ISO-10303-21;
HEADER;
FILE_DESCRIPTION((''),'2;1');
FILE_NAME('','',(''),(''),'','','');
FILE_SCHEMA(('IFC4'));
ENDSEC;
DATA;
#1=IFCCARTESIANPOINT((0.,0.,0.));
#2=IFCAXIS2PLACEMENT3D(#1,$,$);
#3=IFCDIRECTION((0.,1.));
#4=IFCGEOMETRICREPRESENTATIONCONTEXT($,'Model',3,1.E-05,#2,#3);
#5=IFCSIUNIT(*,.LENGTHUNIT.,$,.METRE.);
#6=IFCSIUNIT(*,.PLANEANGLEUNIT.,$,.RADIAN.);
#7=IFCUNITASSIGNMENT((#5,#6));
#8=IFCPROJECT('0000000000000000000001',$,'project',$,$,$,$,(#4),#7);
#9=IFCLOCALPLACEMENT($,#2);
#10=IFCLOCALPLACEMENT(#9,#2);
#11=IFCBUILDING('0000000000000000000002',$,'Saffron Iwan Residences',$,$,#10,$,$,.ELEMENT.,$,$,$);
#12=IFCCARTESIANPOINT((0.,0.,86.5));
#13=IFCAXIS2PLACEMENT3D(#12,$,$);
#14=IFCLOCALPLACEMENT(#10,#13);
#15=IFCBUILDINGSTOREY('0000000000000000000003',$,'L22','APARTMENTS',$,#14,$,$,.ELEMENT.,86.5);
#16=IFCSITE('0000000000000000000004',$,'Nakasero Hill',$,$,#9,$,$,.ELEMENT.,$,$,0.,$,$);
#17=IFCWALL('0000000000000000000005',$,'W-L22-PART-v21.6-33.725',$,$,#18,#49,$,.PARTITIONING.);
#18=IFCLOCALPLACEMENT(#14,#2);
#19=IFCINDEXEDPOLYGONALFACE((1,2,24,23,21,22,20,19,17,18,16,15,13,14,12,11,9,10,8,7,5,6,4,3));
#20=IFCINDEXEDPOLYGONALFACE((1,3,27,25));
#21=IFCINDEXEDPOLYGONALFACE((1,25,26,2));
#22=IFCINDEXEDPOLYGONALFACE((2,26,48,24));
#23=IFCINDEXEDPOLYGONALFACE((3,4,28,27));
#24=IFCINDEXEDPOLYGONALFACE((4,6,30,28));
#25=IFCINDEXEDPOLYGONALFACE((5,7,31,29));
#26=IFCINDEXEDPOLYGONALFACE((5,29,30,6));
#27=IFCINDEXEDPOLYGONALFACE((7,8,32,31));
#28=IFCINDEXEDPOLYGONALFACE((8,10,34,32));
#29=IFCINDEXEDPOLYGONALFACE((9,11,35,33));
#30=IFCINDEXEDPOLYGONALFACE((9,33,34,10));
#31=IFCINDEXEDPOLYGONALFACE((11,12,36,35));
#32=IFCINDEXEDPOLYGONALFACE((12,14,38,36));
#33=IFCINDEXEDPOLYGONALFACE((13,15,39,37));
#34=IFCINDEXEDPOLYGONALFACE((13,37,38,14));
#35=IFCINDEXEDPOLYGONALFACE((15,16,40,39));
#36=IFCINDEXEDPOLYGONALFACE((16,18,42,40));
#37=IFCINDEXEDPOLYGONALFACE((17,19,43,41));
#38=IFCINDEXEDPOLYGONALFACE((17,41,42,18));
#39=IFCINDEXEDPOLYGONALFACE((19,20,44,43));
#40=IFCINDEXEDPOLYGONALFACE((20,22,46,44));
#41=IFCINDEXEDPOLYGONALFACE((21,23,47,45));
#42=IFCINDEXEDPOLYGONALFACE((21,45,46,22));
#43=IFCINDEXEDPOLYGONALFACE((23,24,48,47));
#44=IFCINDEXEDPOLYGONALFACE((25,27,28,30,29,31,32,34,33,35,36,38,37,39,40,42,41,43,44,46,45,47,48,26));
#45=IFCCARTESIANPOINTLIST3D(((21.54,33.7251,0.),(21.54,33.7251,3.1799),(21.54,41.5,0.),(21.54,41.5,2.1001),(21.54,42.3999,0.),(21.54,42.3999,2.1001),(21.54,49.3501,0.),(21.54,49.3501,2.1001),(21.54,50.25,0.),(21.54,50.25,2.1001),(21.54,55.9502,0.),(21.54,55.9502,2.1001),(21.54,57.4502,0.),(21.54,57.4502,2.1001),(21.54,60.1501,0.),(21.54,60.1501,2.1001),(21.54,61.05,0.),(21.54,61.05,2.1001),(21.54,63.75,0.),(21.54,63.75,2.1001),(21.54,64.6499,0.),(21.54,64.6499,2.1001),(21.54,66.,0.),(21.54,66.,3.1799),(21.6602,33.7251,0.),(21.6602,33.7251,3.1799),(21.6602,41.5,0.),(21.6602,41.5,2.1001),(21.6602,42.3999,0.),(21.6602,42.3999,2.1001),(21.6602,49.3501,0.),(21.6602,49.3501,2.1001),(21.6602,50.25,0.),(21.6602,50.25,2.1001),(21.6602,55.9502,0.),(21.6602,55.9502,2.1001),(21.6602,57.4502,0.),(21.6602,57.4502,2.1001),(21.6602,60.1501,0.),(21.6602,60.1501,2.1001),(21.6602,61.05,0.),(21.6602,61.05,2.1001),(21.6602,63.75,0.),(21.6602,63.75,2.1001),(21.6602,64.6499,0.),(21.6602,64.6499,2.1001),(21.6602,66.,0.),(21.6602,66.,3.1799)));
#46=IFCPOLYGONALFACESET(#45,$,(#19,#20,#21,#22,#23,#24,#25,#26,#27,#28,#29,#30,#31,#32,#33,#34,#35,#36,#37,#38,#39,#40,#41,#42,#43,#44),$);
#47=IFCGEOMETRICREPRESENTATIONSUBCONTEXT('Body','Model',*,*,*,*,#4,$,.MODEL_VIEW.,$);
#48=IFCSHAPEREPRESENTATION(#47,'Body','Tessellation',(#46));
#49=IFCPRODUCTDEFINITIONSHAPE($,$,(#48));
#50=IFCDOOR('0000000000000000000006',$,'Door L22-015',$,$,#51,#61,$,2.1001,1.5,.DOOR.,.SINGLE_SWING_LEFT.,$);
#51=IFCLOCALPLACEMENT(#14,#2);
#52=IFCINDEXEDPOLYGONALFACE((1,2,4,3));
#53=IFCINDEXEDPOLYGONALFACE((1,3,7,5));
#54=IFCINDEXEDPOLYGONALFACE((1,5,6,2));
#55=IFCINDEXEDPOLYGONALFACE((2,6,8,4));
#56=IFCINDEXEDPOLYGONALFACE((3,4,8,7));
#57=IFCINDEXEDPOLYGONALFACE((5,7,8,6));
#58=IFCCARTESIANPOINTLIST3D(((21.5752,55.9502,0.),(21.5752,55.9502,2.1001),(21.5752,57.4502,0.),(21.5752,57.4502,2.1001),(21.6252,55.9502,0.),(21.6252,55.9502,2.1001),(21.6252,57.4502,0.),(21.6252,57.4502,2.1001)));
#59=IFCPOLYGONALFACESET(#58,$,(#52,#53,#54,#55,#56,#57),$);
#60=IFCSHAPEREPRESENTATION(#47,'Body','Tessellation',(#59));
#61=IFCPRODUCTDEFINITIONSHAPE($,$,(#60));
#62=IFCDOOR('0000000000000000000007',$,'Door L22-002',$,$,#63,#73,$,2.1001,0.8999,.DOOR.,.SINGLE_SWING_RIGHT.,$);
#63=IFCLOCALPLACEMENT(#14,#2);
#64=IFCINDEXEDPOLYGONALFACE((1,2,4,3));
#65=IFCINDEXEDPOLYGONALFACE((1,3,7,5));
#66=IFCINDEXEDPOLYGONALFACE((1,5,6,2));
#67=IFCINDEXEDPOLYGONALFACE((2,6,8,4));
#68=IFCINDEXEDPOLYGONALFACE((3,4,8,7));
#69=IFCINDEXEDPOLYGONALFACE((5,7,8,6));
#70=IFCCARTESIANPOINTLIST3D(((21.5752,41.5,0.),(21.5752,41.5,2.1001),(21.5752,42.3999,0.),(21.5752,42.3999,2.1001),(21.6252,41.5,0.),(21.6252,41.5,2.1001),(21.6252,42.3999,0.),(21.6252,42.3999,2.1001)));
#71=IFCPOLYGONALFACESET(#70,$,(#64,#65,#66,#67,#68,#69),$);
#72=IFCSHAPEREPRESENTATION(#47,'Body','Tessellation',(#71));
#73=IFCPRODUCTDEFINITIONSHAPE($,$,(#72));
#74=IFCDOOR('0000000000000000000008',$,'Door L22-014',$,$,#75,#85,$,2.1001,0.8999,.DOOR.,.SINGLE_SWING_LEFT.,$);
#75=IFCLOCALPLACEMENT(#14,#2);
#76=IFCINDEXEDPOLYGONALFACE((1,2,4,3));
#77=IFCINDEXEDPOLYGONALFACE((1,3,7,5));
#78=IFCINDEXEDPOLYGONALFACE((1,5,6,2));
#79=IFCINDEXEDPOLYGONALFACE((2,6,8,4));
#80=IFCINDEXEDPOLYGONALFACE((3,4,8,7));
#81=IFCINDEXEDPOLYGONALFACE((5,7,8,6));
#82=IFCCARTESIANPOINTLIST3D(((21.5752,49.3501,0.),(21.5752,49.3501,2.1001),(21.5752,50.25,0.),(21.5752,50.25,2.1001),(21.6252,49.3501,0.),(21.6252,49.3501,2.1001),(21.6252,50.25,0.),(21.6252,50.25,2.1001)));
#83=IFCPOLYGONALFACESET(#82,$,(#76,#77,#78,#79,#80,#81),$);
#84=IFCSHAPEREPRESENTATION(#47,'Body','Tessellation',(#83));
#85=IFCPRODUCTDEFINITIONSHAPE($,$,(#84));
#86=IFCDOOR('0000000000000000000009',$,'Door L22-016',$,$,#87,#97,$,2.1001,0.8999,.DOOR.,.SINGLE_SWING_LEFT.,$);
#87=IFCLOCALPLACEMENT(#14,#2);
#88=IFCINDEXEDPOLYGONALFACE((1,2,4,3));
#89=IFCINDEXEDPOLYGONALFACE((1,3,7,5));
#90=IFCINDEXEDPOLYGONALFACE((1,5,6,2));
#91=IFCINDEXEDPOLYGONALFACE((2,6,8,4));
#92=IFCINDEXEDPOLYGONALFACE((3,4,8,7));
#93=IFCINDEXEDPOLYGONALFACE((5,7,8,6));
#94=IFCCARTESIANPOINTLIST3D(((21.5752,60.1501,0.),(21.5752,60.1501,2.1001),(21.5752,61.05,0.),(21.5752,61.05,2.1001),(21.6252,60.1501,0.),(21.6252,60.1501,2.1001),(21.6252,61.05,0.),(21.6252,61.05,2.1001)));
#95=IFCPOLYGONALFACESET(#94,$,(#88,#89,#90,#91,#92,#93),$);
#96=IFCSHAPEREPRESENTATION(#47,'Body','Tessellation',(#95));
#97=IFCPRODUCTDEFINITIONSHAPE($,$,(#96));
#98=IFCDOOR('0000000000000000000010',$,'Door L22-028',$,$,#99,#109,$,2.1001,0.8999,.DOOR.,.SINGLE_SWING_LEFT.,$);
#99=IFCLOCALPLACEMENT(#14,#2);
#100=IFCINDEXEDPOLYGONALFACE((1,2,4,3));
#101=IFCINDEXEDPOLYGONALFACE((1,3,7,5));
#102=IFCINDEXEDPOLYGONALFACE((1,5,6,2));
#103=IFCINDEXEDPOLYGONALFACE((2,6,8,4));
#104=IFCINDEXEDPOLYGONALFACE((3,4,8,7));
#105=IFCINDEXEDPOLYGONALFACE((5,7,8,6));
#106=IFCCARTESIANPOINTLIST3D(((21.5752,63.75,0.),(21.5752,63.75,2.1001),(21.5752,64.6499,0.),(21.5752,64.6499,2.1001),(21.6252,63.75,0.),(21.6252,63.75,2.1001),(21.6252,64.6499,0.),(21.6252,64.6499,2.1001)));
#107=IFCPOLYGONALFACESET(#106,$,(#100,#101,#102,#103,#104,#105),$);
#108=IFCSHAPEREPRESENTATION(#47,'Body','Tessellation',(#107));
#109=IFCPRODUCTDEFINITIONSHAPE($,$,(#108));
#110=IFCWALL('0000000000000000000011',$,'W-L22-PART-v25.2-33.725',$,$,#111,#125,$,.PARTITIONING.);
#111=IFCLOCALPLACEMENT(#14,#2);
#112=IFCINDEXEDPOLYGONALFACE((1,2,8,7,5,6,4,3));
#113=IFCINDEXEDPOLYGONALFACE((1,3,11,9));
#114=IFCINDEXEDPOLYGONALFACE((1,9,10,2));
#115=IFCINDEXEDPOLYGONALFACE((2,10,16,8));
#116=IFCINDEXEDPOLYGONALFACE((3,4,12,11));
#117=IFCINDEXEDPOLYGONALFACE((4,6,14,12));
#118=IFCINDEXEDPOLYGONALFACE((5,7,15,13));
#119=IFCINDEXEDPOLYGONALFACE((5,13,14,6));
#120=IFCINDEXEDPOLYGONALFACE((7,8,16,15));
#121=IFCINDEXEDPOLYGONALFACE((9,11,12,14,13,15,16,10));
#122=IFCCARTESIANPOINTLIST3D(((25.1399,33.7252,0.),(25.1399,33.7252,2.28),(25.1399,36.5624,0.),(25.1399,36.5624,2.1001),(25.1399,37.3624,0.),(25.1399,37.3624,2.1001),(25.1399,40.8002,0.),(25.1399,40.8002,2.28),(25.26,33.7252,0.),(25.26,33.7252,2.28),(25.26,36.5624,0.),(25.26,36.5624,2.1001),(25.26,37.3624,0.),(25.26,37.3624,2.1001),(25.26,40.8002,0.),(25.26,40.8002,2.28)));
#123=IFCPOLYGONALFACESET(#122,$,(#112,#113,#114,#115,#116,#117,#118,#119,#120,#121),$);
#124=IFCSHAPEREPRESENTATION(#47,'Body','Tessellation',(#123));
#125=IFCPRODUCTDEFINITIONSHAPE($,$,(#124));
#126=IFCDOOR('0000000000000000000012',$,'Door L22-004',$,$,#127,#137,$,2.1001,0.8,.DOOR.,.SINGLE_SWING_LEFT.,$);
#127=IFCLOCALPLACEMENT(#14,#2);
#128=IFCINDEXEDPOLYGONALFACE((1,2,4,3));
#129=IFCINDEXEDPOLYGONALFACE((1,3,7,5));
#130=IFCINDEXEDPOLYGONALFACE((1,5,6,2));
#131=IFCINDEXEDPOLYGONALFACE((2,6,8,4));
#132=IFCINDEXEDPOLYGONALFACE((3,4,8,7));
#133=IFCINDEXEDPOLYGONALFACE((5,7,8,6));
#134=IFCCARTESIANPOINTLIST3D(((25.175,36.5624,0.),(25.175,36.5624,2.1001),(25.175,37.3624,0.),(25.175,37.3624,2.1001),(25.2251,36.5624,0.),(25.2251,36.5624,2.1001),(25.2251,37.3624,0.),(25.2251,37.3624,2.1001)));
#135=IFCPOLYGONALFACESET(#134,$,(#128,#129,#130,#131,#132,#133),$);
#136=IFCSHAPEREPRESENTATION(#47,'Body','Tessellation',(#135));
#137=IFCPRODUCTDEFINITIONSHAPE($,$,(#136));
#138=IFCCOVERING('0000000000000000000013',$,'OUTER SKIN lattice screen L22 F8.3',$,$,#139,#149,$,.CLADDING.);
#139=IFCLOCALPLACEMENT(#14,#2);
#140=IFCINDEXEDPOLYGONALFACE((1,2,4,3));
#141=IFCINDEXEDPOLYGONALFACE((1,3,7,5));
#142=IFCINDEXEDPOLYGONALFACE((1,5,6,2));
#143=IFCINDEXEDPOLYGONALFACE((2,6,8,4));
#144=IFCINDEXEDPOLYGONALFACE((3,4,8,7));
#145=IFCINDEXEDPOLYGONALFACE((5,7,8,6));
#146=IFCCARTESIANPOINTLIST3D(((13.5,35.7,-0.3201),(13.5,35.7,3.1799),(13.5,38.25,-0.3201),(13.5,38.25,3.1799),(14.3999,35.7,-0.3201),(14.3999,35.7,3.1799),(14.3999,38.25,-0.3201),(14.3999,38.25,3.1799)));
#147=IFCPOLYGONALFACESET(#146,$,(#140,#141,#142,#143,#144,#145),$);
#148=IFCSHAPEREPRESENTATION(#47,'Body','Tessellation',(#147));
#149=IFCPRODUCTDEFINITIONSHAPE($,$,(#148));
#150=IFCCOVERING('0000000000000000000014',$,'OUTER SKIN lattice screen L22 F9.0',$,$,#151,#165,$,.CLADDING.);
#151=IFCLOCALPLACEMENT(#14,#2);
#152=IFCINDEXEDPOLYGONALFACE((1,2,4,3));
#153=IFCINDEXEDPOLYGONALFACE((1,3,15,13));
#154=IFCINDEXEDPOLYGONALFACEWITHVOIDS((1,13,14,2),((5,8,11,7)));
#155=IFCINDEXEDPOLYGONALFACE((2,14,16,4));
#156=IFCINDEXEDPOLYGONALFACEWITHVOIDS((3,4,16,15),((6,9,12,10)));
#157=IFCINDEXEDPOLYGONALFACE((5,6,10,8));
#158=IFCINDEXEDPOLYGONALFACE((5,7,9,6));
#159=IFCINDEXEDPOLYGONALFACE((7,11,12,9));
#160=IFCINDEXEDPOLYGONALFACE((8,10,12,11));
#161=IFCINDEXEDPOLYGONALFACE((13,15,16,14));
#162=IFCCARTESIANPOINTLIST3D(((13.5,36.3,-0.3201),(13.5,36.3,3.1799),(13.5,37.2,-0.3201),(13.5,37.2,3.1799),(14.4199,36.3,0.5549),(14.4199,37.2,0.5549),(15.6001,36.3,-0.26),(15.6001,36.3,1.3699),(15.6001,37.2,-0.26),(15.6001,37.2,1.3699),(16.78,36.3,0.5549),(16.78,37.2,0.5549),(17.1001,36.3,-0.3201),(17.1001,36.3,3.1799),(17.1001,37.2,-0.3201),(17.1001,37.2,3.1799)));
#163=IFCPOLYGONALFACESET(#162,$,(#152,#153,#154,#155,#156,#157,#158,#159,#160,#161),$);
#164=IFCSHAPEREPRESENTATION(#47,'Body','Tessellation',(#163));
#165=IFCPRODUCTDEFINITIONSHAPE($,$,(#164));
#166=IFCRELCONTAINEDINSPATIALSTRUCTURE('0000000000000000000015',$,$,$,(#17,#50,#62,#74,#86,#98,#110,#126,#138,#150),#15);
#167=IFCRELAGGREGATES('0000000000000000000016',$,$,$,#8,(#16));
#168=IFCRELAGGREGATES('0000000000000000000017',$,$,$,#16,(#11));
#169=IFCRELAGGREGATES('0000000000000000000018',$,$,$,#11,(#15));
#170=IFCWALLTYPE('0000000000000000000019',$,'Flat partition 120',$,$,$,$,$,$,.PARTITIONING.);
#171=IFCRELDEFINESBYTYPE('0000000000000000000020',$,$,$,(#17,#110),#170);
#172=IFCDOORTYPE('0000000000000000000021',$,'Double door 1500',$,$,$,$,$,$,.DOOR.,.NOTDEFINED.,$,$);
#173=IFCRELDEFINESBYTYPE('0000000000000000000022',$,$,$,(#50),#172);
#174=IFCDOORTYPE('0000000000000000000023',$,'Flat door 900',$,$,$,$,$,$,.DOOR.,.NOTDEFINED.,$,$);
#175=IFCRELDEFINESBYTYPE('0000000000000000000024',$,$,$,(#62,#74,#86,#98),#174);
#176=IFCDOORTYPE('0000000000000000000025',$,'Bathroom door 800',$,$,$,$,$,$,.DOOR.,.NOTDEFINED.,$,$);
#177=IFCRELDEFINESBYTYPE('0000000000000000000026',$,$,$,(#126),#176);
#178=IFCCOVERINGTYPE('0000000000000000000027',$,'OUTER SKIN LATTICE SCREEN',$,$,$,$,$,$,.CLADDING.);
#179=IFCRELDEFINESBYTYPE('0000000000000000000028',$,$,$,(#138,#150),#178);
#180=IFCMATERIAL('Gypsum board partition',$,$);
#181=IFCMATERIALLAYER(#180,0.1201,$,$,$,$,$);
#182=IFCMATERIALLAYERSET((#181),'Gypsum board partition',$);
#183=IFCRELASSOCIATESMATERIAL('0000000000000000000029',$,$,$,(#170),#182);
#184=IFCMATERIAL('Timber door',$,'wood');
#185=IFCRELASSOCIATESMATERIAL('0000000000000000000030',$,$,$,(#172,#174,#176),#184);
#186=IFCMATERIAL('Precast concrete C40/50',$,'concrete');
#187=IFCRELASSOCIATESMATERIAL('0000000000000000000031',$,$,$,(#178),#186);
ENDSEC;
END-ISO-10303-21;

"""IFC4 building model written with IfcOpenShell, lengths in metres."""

from ifc_helpers import new_model, si_unit, direction, frame, frame_2d, origin, place, context, subcontext, project, spatial, polyline, rectangle, outline, extrude, material, layer, layer_set, type_object, element, fill, save


model = new_model("IFC4")

# Units and contexts
model_context = context("Model", 3, precision=1e-05, world=origin(), true_north=direction((0.0, 1.0)))
body_context = subcontext(model_context, "Body", "Model", "MODEL_VIEW")
ifc_project = project(units=[si_unit("LENGTHUNIT", "METRE"), si_unit("PLANEANGLEUNIT", "RADIAN")], contexts=[model_context])

# Site, building, storey
site_placement = place(None, origin())
site = spatial("IfcSite", under=ifc_project, at=site_placement, Name="Nakasero Hill", CompositionType="ELEMENT", RefElevation=0.0)
building_placement = place(site_placement, origin())
building = spatial("IfcBuilding", under=site, at=building_placement, Name="Saffron Iwan Residences", CompositionType="ELEMENT")
storey_placement = place(building_placement, frame((0.0, 0.0, 86.5)))
storey = spatial("IfcBuildingStorey", under=building, at=storey_placement, Name="L22", Description="APARTMENTS", CompositionType="ELEMENT", Elevation=86.5)

# Shared definitions
ifc_material_1 = material(Name="Gypsum board partition")
ifc_layer_1 = layer(ifc_material_1, 0.1201)
ifc_layer_set_1 = layer_set([ifc_layer_1], Name="Gypsum board partition")
wall_type_1 = type_object("IfcWallType", Name="Flat partition 120", PredefinedType="PARTITIONING", material=ifc_layer_set_1)

# Wall, openings, doors
wall_1_placement = place(storey_placement, frame((21.6001, 33.7251, 0.0), z_axis=(0.0, 0.0, 1.0), x_axis=(0.0, 1.0, 0.0)))
wall_1 = element("IfcWall", 1, at=wall_1_placement, inside=storey, type_object=wall_type_1, Name="W-L22-PART-v21.6-33.725", PredefinedType="PARTITIONING", context=body_context, shape_type="SweptSolid", body=[
    extrude(rectangle(XDim=32.2749, YDim=0.1201, at=frame_2d((16.1375, 0.0))), origin(), (0.0, 0.0, 1.0), 3.1799),
])
opening_1_placement = place(wall_1_placement, frame((7.7749, 0.0, 0.0)))
opening_1 = element("IfcOpeningElement", 2, at=opening_1_placement, cuts=wall_1, PredefinedType="OPENING", context=body_context, shape_type="SweptSolid", body=[
    extrude(rectangle(XDim=0.8999, YDim=2.1001, at=frame_2d((0.45, 1.05))), frame((0.0, 0.0701, 0.0), z_axis=(0.0, -1.0, 0.0), x_axis=(1.0, 0.0, 0.0)), (0.0, 0.0, 1.0), 0.1401),
])
opening_2_placement = place(wall_1_placement, frame((15.625, 0.0, 0.0)))
opening_2 = element("IfcOpeningElement", 3, at=opening_2_placement, cuts=wall_1, PredefinedType="OPENING", context=body_context, shape_type="SweptSolid", body=[
    extrude(rectangle(XDim=0.8999, YDim=2.1001, at=frame_2d((0.45, 1.05))), frame((0.0, 0.0701, 0.0), z_axis=(0.0, -1.0, 0.0), x_axis=(1.0, 0.0, 0.0)), (0.0, 0.0, 1.0), 0.1401),
])
opening_3_placement = place(wall_1_placement, frame((22.2251, 0.0, 0.0)))
opening_3 = element("IfcOpeningElement", 4, at=opening_3_placement, cuts=wall_1, PredefinedType="OPENING", context=body_context, shape_type="SweptSolid", body=[
    extrude(rectangle(XDim=1.5, YDim=2.1001, at=frame_2d((0.75, 1.05))), frame((0.0, 0.0701, 0.0), z_axis=(0.0, -1.0, 0.0), x_axis=(1.0, 0.0, 0.0)), (0.0, 0.0, 1.0), 0.1401),
])
opening_4_placement = place(wall_1_placement, frame((26.425, 0.0, 0.0)))
opening_4 = element("IfcOpeningElement", 5, at=opening_4_placement, cuts=wall_1, PredefinedType="OPENING", context=body_context, shape_type="SweptSolid", body=[
    extrude(rectangle(XDim=0.8999, YDim=2.1001, at=frame_2d((0.45, 1.05))), frame((0.0, 0.0701, 0.0), z_axis=(0.0, -1.0, 0.0), x_axis=(1.0, 0.0, 0.0)), (0.0, 0.0, 1.0), 0.1401),
])
opening_5_placement = place(wall_1_placement, frame((30.0249, 0.0, 0.0)))
opening_5 = element("IfcOpeningElement", 6, at=opening_5_placement, cuts=wall_1, PredefinedType="OPENING", context=body_context, shape_type="SweptSolid", body=[
    extrude(rectangle(XDim=0.8999, YDim=2.1001, at=frame_2d((0.45, 1.05))), frame((0.0, 0.0701, 0.0), z_axis=(0.0, -1.0, 0.0), x_axis=(1.0, 0.0, 0.0)), (0.0, 0.0, 1.0), 0.1401),
])
ifc_material_2 = material(Name="Timber door", Category="wood")
door_type_1 = type_object("IfcDoorType", Name="Double door 1500", OperationType="NOTDEFINED", PredefinedType="DOOR", material=ifc_material_2)
door_1_placement = place(opening_3_placement, origin())
door_1 = element("IfcDoor", 7, at=door_1_placement, inside=storey, type_object=door_type_1, Name="Door L22-015", OperationType="SINGLE_SWING_LEFT", OverallHeight=2.1001, OverallWidth=1.5, PredefinedType="DOOR", context=body_context, shape_type="SweptSolid", body=[
    extrude(rectangle(XDim=1.5, YDim=2.1001, at=frame_2d((0.75, 1.05))), frame((0.0, 0.0249, 0.0), z_axis=(0.0, -1.0, 0.0), x_axis=(1.0, 0.0, 0.0)), (0.0, 0.0, 1.0), 0.05),
])
fill(opening_3, door_1)
door_type_2 = type_object("IfcDoorType", Name="Flat door 900", OperationType="NOTDEFINED", PredefinedType="DOOR", material=ifc_material_2)
door_2_placement = place(opening_1_placement, origin())
door_2 = element("IfcDoor", 8, at=door_2_placement, inside=storey, type_object=door_type_2, Name="Door L22-002", OperationType="SINGLE_SWING_RIGHT", OverallHeight=2.1001, OverallWidth=0.8999, PredefinedType="DOOR", context=body_context, shape_type="SweptSolid", body=[
    extrude(rectangle(XDim=0.8999, YDim=2.1001, at=frame_2d((0.45, 1.05))), frame((0.0, 0.0249, 0.0), z_axis=(0.0, -1.0, 0.0), x_axis=(1.0, 0.0, 0.0)), (0.0, 0.0, 1.0), 0.05),
])
fill(opening_1, door_2)
door_3_placement = place(opening_2_placement, origin())
door_3 = element("IfcDoor", 9, at=door_3_placement, inside=storey, type_object=door_type_2, Name="Door L22-014", OperationType="SINGLE_SWING_LEFT", OverallHeight=2.1001, OverallWidth=0.8999, PredefinedType="DOOR", context=body_context, shape_type="SweptSolid", body=[
    extrude(rectangle(XDim=0.8999, YDim=2.1001, at=frame_2d((0.45, 1.05))), frame((0.0, 0.0249, 0.0), z_axis=(0.0, -1.0, 0.0), x_axis=(1.0, 0.0, 0.0)), (0.0, 0.0, 1.0), 0.05),
])
fill(opening_2, door_3)
door_4_placement = place(opening_4_placement, origin())
door_4 = element("IfcDoor", 10, at=door_4_placement, inside=storey, type_object=door_type_2, Name="Door L22-016", OperationType="SINGLE_SWING_LEFT", OverallHeight=2.1001, OverallWidth=0.8999, PredefinedType="DOOR", context=body_context, shape_type="SweptSolid", body=[
    extrude(rectangle(XDim=0.8999, YDim=2.1001, at=frame_2d((0.45, 1.05))), frame((0.0, 0.0249, 0.0), z_axis=(0.0, -1.0, 0.0), x_axis=(1.0, 0.0, 0.0)), (0.0, 0.0, 1.0), 0.05),
])
fill(opening_4, door_4)
door_5_placement = place(opening_5_placement, origin())
door_5 = element("IfcDoor", 11, at=door_5_placement, inside=storey, type_object=door_type_2, Name="Door L22-028", OperationType="SINGLE_SWING_LEFT", OverallHeight=2.1001, OverallWidth=0.8999, PredefinedType="DOOR", context=body_context, shape_type="SweptSolid", body=[
    extrude(rectangle(XDim=0.8999, YDim=2.1001, at=frame_2d((0.45, 1.05))), frame((0.0, 0.0249, 0.0), z_axis=(0.0, -1.0, 0.0), x_axis=(1.0, 0.0, 0.0)), (0.0, 0.0, 1.0), 0.05),
])
fill(opening_5, door_5)

# Wall, opening, door
wall_2_placement = place(storey_placement, frame((25.2, 33.7251, 0.0), z_axis=(0.0, 0.0, 1.0), x_axis=(0.0, 1.0, 0.0)))
wall_2 = element("IfcWall", 12, at=wall_2_placement, inside=storey, type_object=wall_type_1, Name="W-L22-PART-v25.2-33.725", PredefinedType="PARTITIONING", context=body_context, shape_type="SweptSolid", body=[
    extrude(rectangle(XDim=7.075, YDim=0.1201, at=frame_2d((3.5376, 0.0))), origin(), (0.0, 0.0, 1.0), 2.28),
])
opening_6_placement = place(wall_2_placement, frame((2.8374, 0.0, 0.0)))
opening_6 = element("IfcOpeningElement", 13, at=opening_6_placement, cuts=wall_2, PredefinedType="OPENING", context=body_context, shape_type="SweptSolid", body=[
    extrude(rectangle(XDim=0.8, YDim=2.1001, at=frame_2d((0.3999, 1.05))), frame((0.0, 0.0701, 0.0), z_axis=(0.0, -1.0, 0.0), x_axis=(1.0, 0.0, 0.0)), (0.0, 0.0, 1.0), 0.1401),
])
door_type_3 = type_object("IfcDoorType", Name="Bathroom door 800", OperationType="NOTDEFINED", PredefinedType="DOOR", material=ifc_material_2)
door_6_placement = place(opening_6_placement, origin())
door_6 = element("IfcDoor", 14, at=door_6_placement, inside=storey, type_object=door_type_3, Name="Door L22-004", OperationType="SINGLE_SWING_LEFT", OverallHeight=2.1001, OverallWidth=0.8, PredefinedType="DOOR", context=body_context, shape_type="SweptSolid", body=[
    extrude(rectangle(XDim=0.8, YDim=2.1001, at=frame_2d((0.3999, 1.05))), frame((0.0, 0.0249, 0.0), z_axis=(0.0, -1.0, 0.0), x_axis=(1.0, 0.0, 0.0)), (0.0, 0.0, 1.0), 0.05),
])
fill(opening_6, door_6)

# Coverings
ifc_material_3 = material(Name="Precast concrete C40/50", Category="concrete")
covering_type = type_object("IfcCoveringType", Name="OUTER SKIN LATTICE SCREEN", PredefinedType="CLADDING", material=ifc_material_3)
covering_1_placement = place(storey_placement, frame((14.3999, 38.25, -0.3201), z_axis=(-1.0, 0.0, 0.0), x_axis=(0.0, -1.0, 0.0)))
element("IfcCovering", 15, at=covering_1_placement, inside=storey, type_object=covering_type, Name="OUTER SKIN lattice screen L22 F8.3", PredefinedType="CLADDING", context=body_context, shape_type="SweptSolid", body=[
    extrude(outline(polyline([(0.0, 0.0), (2.55, 0.0), (2.55, 3.5), (0.0, 3.5), (0.0, 0.0)])), origin(), (0.0, 0.0, 1.0), 0.8999),
])
for number, where, z_axis, x_axis, name in (
    (16, (13.5, 37.2, -0.3201), (0.0, -1.0, 0.0), (1.0, 0.0, 0.0), "OUTER SKIN lattice screen L22 F9.0"),
):
    element("IfcCovering", number, at=place(storey_placement, frame(where, z_axis=z_axis, x_axis=x_axis)), inside=storey, type_object=covering_type, Name=name, PredefinedType="CLADDING", context=body_context, shape_type="SweptSolid", body=[
        extrude(outline(polyline([(0.0, 0.0), (3.6001, 0.0), (3.6001, 3.5), (0.0, 3.5), (0.0, 0.0)]), holes=[polyline([(0.9199, 0.875), (2.1001, 0.0601), (3.28, 0.875), (2.1001, 1.6899), (0.9199, 0.875)])]), origin(), (0.0, 0.0, 1.0), 0.8999),
    ])

save(model, "model.ifc")
